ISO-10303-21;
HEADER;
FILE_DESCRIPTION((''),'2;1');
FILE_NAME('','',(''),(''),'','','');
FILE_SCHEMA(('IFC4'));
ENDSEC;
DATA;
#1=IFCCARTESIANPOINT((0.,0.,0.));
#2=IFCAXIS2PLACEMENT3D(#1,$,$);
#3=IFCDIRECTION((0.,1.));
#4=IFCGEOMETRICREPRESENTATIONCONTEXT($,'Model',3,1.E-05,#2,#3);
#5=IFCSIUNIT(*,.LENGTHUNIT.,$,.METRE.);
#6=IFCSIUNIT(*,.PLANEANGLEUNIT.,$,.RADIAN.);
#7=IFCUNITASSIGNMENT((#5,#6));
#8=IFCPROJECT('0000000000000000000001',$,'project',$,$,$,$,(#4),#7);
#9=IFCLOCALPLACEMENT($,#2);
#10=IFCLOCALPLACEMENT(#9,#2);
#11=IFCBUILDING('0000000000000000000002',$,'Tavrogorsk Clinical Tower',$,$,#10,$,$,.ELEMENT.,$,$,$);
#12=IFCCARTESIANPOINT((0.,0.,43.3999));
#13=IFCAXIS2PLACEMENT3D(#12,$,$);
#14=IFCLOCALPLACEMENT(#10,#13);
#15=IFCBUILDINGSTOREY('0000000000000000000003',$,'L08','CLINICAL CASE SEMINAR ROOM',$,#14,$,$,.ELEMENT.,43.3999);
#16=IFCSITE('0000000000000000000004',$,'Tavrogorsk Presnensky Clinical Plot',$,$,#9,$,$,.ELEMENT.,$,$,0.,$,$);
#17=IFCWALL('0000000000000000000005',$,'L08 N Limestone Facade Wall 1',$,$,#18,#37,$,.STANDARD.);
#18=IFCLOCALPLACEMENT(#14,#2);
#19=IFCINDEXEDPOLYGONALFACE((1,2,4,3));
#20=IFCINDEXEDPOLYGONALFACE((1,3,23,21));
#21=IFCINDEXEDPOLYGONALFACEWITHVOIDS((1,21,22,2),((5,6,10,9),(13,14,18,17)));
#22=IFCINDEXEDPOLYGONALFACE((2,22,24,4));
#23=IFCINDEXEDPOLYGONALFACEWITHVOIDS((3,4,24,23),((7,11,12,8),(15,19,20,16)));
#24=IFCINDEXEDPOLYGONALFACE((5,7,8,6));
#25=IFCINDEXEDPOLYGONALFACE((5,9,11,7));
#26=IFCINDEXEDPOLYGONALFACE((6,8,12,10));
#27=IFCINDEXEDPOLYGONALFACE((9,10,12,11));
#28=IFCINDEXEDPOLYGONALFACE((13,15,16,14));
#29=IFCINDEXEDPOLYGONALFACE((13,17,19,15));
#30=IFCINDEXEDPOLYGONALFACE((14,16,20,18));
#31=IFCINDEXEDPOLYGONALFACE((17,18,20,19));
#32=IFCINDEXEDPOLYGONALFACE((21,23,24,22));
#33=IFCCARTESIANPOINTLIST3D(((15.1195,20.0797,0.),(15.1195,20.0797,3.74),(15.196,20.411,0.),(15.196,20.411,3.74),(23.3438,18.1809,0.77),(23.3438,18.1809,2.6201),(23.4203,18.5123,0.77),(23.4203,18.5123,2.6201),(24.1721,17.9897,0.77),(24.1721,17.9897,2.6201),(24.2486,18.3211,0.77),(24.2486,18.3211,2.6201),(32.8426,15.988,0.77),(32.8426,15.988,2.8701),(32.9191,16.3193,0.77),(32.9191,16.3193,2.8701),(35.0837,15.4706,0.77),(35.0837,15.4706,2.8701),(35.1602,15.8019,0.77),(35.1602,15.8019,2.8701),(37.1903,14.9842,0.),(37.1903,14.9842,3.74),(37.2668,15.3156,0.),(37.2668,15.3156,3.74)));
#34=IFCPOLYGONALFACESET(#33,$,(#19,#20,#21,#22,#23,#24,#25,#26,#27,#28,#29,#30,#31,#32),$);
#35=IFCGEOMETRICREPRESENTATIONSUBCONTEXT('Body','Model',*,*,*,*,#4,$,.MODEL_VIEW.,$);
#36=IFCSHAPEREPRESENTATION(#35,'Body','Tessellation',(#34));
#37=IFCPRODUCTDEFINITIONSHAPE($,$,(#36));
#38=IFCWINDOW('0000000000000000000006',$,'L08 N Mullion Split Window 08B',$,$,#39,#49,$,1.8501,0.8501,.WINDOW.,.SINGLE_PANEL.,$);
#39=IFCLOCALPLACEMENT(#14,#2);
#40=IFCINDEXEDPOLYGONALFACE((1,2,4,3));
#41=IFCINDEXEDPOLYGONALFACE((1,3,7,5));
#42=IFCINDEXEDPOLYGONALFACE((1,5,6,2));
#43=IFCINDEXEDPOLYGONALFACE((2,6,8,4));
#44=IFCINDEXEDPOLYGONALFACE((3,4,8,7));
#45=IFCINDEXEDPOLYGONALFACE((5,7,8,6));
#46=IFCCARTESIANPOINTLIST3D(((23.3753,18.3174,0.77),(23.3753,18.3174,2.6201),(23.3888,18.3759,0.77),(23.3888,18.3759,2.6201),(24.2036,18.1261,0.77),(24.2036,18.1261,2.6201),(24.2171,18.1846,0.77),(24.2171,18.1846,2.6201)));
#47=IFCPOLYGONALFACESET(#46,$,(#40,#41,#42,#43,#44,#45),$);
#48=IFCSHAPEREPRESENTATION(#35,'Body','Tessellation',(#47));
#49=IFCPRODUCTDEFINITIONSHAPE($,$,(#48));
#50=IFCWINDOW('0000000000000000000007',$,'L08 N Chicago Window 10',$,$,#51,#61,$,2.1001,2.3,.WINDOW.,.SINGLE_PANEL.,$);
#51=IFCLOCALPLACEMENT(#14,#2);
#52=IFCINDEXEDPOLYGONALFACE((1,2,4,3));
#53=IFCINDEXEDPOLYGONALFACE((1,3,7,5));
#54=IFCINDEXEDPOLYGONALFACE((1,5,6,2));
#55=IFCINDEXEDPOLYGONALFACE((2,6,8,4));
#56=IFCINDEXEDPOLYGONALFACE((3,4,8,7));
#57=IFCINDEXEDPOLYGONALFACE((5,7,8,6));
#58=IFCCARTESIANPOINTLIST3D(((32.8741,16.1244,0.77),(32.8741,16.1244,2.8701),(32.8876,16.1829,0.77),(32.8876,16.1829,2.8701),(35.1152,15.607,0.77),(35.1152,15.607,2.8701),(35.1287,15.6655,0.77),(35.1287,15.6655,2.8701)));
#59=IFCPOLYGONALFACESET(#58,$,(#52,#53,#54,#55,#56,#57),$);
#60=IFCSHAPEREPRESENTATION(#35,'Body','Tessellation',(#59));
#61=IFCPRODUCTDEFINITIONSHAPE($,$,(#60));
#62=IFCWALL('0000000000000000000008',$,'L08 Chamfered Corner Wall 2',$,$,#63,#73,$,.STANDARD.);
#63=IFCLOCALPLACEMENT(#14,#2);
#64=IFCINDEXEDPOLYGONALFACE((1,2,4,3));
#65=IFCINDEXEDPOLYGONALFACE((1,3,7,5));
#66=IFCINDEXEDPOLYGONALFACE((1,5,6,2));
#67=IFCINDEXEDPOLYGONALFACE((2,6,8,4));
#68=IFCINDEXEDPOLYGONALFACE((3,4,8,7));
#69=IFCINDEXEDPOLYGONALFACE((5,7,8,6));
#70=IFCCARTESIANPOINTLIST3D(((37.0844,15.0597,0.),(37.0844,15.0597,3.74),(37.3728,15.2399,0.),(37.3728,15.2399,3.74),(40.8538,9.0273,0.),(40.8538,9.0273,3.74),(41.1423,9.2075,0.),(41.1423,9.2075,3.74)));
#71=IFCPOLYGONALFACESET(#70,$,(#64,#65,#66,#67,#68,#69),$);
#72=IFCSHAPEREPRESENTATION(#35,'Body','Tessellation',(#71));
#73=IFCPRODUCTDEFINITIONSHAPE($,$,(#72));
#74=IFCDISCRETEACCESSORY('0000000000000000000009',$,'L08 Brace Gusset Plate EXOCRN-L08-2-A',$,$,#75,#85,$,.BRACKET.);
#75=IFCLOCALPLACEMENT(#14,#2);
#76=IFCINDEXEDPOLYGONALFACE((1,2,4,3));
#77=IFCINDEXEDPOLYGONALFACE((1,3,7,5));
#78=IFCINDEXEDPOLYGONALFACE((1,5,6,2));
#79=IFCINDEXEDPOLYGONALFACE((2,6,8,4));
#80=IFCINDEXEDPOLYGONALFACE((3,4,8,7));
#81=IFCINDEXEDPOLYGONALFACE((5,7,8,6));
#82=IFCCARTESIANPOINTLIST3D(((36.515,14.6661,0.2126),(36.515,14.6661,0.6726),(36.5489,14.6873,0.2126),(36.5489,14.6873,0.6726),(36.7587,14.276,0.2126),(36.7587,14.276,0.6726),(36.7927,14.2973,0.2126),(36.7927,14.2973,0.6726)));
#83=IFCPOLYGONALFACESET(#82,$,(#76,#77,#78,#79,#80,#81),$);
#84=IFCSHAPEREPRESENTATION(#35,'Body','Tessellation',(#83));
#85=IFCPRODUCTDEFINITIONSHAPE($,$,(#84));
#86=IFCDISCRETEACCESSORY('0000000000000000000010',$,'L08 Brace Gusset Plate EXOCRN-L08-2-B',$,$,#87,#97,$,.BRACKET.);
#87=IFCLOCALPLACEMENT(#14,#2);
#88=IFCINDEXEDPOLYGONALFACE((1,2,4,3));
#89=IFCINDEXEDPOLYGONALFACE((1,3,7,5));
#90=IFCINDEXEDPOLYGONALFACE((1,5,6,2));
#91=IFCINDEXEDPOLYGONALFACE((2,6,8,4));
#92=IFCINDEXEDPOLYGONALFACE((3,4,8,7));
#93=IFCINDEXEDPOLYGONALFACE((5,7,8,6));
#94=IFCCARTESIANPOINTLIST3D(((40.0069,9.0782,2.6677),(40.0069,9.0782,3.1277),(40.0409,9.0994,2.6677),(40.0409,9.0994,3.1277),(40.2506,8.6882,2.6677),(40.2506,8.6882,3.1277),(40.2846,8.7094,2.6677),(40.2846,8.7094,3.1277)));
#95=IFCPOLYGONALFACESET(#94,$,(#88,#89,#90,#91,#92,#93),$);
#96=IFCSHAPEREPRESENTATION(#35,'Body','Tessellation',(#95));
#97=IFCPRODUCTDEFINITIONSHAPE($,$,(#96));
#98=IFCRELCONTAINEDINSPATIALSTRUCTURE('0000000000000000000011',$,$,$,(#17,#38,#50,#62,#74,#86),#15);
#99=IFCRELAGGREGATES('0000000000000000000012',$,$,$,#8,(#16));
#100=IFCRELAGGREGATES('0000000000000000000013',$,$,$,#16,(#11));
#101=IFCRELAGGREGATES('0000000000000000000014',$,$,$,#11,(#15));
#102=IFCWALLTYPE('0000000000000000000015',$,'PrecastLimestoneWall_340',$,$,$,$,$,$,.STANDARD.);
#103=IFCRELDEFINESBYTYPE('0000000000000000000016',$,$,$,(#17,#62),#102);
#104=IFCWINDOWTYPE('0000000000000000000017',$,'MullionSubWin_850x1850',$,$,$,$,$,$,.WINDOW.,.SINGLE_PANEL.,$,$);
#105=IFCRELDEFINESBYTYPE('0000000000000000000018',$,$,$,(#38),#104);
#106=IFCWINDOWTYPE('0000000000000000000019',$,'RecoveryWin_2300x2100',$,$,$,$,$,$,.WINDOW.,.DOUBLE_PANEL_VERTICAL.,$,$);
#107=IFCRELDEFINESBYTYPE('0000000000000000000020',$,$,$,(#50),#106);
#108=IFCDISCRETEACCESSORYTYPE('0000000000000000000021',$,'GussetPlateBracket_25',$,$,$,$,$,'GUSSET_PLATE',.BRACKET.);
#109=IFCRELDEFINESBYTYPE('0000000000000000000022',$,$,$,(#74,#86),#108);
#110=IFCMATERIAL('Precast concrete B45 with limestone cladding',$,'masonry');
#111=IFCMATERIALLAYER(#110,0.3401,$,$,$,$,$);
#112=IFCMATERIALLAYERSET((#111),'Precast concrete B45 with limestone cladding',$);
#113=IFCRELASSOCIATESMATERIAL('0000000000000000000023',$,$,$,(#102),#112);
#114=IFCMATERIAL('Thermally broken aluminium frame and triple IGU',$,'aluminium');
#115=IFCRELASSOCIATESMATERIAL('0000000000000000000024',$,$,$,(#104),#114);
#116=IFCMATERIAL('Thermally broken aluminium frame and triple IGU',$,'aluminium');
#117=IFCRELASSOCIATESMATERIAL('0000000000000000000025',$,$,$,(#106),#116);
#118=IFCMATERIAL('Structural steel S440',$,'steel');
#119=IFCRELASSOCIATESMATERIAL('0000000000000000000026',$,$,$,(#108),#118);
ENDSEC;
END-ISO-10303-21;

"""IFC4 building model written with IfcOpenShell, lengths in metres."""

from ifc_helpers import new_model, si_unit, direction, frame, frame_2d, origin, origin_2d, place, context, subcontext, project, spatial, rectangle, extrude, material, layer, layer_set, type_object, element, fill, save


model = new_model("IFC4")

# Units and contexts
model_context = context("Model", 3, precision=1e-05, world=origin(), true_north=direction((0.0, 1.0)))
body_context = subcontext(model_context, "Body", "Model", "MODEL_VIEW")
ifc_project = project(units=[si_unit("LENGTHUNIT", "METRE"), si_unit("PLANEANGLEUNIT", "RADIAN")], contexts=[model_context])

# Site, building, storey
site_placement = place(None, origin())
site = spatial("IfcSite", under=ifc_project, at=site_placement, Name="Tavrogorsk Presnensky Clinical Plot", CompositionType="ELEMENT", RefElevation=0.0)
building_placement = place(site_placement, origin())
building = spatial("IfcBuilding", under=site, at=building_placement, Name="Tavrogorsk Clinical Tower", CompositionType="ELEMENT")
storey_placement = place(building_placement, frame((0.0, 0.0, 43.3999)))
storey = spatial("IfcBuildingStorey", under=building, at=storey_placement, Name="L08", Description="CLINICAL CASE SEMINAR ROOM", CompositionType="ELEMENT", Elevation=43.3999)

# Wall, openings, windows
ifc_material_1 = material(Name="Precast concrete B45 with limestone cladding", Category="masonry")
ifc_layer_1 = layer(ifc_material_1, 0.3401)
ifc_layer_set_1 = layer_set([ifc_layer_1], Name="Precast concrete B45 with limestone cladding")
wall_type_1 = type_object("IfcWallType", Name="PrecastLimestoneWall_340", PredefinedType="STANDARD", material=ifc_layer_set_1)
wall_1_placement = place(storey_placement, frame((37.2285, 15.1499, 0.0), z_axis=(0.0, 0.0, 1.0), x_axis=(-0.97437, 0.224952, 0.0)))
wall_1 = element("IfcWall", 1, at=wall_1_placement, inside=storey, type_object=wall_type_1, Name="L08 N Limestone Facade Wall 1", PredefinedType="STANDARD", context=body_context, shape_type="SweptSolid", body=[
    extrude(rectangle(XDim=22.6514, YDim=0.3401, at=frame_2d((11.3257, 0.0))), origin(), (0.0, 0.0, 1.0), 3.74),
])
opening_1_placement = place(wall_1_placement, frame((13.3606, 0.0, 0.77)))
opening_1 = element("IfcOpeningElement", 2, at=opening_1_placement, cuts=wall_1, PredefinedType="OPENING", context=body_context, shape_type="SweptSolid", body=[
    extrude(rectangle(XDim=0.8501, YDim=1.8501, at=frame_2d((0.425, 0.925))), frame((0.0, 0.1799, 0.0), z_axis=(0.0, -1.0, 0.0), x_axis=(1.0, 0.0, 0.0)), (0.0, 0.0, 1.0), 0.3601),
])
opening_2_placement = place(wall_1_placement, frame((2.1621, 0.0, 0.77)))
opening_2 = element("IfcOpeningElement", 3, at=opening_2_placement, cuts=wall_1, PredefinedType="OPENING", context=body_context, shape_type="SweptSolid", body=[
    extrude(rectangle(XDim=2.3, YDim=2.1001, at=frame_2d((1.1499, 1.05))), frame((0.0, 0.1799, 0.0), z_axis=(0.0, -1.0, 0.0), x_axis=(1.0, 0.0, 0.0)), (0.0, 0.0, 1.0), 0.3601),
])
ifc_material_2 = material(Name="Thermally broken aluminium frame and triple IGU", Category="aluminium")
window_type_1 = type_object("IfcWindowType", Name="MullionSubWin_850x1850", PartitioningType="SINGLE_PANEL", PredefinedType="WINDOW", material=ifc_material_2)
window_1_placement = place(opening_1_placement, origin())
window_1 = element("IfcWindow", 4, at=window_1_placement, inside=storey, type_object=window_type_1, Name="L08 N Mullion Split Window 08B", OverallHeight=1.8501, OverallWidth=0.8501, PartitioningType="SINGLE_PANEL", PredefinedType="WINDOW", context=body_context, shape_type="SweptSolid", body=[
    extrude(rectangle(XDim=0.8501, YDim=1.8501, at=frame_2d((0.425, 0.925))), frame((0.0, 0.03, 0.0), z_axis=(0.0, -1.0, 0.0), x_axis=(1.0, 0.0, 0.0)), (0.0, 0.0, 1.0), 0.0601),
])
fill(opening_1, window_1)
ifc_material_3 = material(Name="Thermally broken aluminium frame and triple IGU", Category="aluminium")
window_type_2 = type_object("IfcWindowType", Name="RecoveryWin_2300x2100", PartitioningType="DOUBLE_PANEL_VERTICAL", PredefinedType="WINDOW", material=ifc_material_3)
window_2_placement = place(opening_2_placement, origin())
window_2 = element("IfcWindow", 5, at=window_2_placement, inside=storey, type_object=window_type_2, Name="L08 N Chicago Window 10", OverallHeight=2.1001, OverallWidth=2.3, PartitioningType="SINGLE_PANEL", PredefinedType="WINDOW", context=body_context, shape_type="SweptSolid", body=[
    extrude(rectangle(XDim=2.3, YDim=2.1001, at=frame_2d((1.1499, 1.05))), frame((0.0, 0.03, 0.0), z_axis=(0.0, -1.0, 0.0), x_axis=(1.0, 0.0, 0.0)), (0.0, 0.0, 1.0), 0.0601),
])
fill(opening_2, window_2)

# Wall
wall_2_placement = place(storey_placement, frame((40.998, 9.1174, 0.0), z_axis=(0.0, 0.0, 1.0), x_axis=(-0.529922, 0.848047, 0.0)))
element("IfcWall", 6, at=wall_2_placement, inside=storey, type_object=wall_type_1, Name="L08 Chamfered Corner Wall 2", PredefinedType="STANDARD", context=body_context, shape_type="SweptSolid", body=[
    extrude(rectangle(XDim=7.1133, YDim=0.3401, at=frame_2d((3.5566, 0.0))), origin(), (0.0, 0.0, 1.0), 3.74),
])

# Discrete accessories
ifc_material_4 = material(Name="Structural steel S440", Category="steel")
discrete_accessory_type = type_object("IfcDiscreteAccessoryType", Name="GussetPlateBracket_25", ElementType="GUSSET_PLATE", PredefinedType="BRACKET", material=ifc_material_4)
for number, where, z_axis, x_axis, name in (
    (7, (36.6538, 14.4817, 0.2126), (0.0, 0.0, 1.0), (0.529919, -0.848048, 0.0), "L08 Brace Gusset Plate EXOCRN-L08-2-A"),
    (8, (40.1458, 8.8938, 2.6677), (0.0, 0.0, 1.0), (0.529919, -0.848048, 0.0), "L08 Brace Gusset Plate EXOCRN-L08-2-B"),
):
    element("IfcDiscreteAccessory", number, at=place(storey_placement, frame(where, z_axis=z_axis, x_axis=x_axis)), inside=storey, type_object=discrete_accessory_type, Name=name, PredefinedType="BRACKET", context=body_context, shape_type="SweptSolid", body=[
        extrude(rectangle(XDim=0.46, YDim=0.04, at=origin_2d()), origin(), (0.0, 0.0, 1.0), 0.46),
    ])

save(model, "model.ifc")
